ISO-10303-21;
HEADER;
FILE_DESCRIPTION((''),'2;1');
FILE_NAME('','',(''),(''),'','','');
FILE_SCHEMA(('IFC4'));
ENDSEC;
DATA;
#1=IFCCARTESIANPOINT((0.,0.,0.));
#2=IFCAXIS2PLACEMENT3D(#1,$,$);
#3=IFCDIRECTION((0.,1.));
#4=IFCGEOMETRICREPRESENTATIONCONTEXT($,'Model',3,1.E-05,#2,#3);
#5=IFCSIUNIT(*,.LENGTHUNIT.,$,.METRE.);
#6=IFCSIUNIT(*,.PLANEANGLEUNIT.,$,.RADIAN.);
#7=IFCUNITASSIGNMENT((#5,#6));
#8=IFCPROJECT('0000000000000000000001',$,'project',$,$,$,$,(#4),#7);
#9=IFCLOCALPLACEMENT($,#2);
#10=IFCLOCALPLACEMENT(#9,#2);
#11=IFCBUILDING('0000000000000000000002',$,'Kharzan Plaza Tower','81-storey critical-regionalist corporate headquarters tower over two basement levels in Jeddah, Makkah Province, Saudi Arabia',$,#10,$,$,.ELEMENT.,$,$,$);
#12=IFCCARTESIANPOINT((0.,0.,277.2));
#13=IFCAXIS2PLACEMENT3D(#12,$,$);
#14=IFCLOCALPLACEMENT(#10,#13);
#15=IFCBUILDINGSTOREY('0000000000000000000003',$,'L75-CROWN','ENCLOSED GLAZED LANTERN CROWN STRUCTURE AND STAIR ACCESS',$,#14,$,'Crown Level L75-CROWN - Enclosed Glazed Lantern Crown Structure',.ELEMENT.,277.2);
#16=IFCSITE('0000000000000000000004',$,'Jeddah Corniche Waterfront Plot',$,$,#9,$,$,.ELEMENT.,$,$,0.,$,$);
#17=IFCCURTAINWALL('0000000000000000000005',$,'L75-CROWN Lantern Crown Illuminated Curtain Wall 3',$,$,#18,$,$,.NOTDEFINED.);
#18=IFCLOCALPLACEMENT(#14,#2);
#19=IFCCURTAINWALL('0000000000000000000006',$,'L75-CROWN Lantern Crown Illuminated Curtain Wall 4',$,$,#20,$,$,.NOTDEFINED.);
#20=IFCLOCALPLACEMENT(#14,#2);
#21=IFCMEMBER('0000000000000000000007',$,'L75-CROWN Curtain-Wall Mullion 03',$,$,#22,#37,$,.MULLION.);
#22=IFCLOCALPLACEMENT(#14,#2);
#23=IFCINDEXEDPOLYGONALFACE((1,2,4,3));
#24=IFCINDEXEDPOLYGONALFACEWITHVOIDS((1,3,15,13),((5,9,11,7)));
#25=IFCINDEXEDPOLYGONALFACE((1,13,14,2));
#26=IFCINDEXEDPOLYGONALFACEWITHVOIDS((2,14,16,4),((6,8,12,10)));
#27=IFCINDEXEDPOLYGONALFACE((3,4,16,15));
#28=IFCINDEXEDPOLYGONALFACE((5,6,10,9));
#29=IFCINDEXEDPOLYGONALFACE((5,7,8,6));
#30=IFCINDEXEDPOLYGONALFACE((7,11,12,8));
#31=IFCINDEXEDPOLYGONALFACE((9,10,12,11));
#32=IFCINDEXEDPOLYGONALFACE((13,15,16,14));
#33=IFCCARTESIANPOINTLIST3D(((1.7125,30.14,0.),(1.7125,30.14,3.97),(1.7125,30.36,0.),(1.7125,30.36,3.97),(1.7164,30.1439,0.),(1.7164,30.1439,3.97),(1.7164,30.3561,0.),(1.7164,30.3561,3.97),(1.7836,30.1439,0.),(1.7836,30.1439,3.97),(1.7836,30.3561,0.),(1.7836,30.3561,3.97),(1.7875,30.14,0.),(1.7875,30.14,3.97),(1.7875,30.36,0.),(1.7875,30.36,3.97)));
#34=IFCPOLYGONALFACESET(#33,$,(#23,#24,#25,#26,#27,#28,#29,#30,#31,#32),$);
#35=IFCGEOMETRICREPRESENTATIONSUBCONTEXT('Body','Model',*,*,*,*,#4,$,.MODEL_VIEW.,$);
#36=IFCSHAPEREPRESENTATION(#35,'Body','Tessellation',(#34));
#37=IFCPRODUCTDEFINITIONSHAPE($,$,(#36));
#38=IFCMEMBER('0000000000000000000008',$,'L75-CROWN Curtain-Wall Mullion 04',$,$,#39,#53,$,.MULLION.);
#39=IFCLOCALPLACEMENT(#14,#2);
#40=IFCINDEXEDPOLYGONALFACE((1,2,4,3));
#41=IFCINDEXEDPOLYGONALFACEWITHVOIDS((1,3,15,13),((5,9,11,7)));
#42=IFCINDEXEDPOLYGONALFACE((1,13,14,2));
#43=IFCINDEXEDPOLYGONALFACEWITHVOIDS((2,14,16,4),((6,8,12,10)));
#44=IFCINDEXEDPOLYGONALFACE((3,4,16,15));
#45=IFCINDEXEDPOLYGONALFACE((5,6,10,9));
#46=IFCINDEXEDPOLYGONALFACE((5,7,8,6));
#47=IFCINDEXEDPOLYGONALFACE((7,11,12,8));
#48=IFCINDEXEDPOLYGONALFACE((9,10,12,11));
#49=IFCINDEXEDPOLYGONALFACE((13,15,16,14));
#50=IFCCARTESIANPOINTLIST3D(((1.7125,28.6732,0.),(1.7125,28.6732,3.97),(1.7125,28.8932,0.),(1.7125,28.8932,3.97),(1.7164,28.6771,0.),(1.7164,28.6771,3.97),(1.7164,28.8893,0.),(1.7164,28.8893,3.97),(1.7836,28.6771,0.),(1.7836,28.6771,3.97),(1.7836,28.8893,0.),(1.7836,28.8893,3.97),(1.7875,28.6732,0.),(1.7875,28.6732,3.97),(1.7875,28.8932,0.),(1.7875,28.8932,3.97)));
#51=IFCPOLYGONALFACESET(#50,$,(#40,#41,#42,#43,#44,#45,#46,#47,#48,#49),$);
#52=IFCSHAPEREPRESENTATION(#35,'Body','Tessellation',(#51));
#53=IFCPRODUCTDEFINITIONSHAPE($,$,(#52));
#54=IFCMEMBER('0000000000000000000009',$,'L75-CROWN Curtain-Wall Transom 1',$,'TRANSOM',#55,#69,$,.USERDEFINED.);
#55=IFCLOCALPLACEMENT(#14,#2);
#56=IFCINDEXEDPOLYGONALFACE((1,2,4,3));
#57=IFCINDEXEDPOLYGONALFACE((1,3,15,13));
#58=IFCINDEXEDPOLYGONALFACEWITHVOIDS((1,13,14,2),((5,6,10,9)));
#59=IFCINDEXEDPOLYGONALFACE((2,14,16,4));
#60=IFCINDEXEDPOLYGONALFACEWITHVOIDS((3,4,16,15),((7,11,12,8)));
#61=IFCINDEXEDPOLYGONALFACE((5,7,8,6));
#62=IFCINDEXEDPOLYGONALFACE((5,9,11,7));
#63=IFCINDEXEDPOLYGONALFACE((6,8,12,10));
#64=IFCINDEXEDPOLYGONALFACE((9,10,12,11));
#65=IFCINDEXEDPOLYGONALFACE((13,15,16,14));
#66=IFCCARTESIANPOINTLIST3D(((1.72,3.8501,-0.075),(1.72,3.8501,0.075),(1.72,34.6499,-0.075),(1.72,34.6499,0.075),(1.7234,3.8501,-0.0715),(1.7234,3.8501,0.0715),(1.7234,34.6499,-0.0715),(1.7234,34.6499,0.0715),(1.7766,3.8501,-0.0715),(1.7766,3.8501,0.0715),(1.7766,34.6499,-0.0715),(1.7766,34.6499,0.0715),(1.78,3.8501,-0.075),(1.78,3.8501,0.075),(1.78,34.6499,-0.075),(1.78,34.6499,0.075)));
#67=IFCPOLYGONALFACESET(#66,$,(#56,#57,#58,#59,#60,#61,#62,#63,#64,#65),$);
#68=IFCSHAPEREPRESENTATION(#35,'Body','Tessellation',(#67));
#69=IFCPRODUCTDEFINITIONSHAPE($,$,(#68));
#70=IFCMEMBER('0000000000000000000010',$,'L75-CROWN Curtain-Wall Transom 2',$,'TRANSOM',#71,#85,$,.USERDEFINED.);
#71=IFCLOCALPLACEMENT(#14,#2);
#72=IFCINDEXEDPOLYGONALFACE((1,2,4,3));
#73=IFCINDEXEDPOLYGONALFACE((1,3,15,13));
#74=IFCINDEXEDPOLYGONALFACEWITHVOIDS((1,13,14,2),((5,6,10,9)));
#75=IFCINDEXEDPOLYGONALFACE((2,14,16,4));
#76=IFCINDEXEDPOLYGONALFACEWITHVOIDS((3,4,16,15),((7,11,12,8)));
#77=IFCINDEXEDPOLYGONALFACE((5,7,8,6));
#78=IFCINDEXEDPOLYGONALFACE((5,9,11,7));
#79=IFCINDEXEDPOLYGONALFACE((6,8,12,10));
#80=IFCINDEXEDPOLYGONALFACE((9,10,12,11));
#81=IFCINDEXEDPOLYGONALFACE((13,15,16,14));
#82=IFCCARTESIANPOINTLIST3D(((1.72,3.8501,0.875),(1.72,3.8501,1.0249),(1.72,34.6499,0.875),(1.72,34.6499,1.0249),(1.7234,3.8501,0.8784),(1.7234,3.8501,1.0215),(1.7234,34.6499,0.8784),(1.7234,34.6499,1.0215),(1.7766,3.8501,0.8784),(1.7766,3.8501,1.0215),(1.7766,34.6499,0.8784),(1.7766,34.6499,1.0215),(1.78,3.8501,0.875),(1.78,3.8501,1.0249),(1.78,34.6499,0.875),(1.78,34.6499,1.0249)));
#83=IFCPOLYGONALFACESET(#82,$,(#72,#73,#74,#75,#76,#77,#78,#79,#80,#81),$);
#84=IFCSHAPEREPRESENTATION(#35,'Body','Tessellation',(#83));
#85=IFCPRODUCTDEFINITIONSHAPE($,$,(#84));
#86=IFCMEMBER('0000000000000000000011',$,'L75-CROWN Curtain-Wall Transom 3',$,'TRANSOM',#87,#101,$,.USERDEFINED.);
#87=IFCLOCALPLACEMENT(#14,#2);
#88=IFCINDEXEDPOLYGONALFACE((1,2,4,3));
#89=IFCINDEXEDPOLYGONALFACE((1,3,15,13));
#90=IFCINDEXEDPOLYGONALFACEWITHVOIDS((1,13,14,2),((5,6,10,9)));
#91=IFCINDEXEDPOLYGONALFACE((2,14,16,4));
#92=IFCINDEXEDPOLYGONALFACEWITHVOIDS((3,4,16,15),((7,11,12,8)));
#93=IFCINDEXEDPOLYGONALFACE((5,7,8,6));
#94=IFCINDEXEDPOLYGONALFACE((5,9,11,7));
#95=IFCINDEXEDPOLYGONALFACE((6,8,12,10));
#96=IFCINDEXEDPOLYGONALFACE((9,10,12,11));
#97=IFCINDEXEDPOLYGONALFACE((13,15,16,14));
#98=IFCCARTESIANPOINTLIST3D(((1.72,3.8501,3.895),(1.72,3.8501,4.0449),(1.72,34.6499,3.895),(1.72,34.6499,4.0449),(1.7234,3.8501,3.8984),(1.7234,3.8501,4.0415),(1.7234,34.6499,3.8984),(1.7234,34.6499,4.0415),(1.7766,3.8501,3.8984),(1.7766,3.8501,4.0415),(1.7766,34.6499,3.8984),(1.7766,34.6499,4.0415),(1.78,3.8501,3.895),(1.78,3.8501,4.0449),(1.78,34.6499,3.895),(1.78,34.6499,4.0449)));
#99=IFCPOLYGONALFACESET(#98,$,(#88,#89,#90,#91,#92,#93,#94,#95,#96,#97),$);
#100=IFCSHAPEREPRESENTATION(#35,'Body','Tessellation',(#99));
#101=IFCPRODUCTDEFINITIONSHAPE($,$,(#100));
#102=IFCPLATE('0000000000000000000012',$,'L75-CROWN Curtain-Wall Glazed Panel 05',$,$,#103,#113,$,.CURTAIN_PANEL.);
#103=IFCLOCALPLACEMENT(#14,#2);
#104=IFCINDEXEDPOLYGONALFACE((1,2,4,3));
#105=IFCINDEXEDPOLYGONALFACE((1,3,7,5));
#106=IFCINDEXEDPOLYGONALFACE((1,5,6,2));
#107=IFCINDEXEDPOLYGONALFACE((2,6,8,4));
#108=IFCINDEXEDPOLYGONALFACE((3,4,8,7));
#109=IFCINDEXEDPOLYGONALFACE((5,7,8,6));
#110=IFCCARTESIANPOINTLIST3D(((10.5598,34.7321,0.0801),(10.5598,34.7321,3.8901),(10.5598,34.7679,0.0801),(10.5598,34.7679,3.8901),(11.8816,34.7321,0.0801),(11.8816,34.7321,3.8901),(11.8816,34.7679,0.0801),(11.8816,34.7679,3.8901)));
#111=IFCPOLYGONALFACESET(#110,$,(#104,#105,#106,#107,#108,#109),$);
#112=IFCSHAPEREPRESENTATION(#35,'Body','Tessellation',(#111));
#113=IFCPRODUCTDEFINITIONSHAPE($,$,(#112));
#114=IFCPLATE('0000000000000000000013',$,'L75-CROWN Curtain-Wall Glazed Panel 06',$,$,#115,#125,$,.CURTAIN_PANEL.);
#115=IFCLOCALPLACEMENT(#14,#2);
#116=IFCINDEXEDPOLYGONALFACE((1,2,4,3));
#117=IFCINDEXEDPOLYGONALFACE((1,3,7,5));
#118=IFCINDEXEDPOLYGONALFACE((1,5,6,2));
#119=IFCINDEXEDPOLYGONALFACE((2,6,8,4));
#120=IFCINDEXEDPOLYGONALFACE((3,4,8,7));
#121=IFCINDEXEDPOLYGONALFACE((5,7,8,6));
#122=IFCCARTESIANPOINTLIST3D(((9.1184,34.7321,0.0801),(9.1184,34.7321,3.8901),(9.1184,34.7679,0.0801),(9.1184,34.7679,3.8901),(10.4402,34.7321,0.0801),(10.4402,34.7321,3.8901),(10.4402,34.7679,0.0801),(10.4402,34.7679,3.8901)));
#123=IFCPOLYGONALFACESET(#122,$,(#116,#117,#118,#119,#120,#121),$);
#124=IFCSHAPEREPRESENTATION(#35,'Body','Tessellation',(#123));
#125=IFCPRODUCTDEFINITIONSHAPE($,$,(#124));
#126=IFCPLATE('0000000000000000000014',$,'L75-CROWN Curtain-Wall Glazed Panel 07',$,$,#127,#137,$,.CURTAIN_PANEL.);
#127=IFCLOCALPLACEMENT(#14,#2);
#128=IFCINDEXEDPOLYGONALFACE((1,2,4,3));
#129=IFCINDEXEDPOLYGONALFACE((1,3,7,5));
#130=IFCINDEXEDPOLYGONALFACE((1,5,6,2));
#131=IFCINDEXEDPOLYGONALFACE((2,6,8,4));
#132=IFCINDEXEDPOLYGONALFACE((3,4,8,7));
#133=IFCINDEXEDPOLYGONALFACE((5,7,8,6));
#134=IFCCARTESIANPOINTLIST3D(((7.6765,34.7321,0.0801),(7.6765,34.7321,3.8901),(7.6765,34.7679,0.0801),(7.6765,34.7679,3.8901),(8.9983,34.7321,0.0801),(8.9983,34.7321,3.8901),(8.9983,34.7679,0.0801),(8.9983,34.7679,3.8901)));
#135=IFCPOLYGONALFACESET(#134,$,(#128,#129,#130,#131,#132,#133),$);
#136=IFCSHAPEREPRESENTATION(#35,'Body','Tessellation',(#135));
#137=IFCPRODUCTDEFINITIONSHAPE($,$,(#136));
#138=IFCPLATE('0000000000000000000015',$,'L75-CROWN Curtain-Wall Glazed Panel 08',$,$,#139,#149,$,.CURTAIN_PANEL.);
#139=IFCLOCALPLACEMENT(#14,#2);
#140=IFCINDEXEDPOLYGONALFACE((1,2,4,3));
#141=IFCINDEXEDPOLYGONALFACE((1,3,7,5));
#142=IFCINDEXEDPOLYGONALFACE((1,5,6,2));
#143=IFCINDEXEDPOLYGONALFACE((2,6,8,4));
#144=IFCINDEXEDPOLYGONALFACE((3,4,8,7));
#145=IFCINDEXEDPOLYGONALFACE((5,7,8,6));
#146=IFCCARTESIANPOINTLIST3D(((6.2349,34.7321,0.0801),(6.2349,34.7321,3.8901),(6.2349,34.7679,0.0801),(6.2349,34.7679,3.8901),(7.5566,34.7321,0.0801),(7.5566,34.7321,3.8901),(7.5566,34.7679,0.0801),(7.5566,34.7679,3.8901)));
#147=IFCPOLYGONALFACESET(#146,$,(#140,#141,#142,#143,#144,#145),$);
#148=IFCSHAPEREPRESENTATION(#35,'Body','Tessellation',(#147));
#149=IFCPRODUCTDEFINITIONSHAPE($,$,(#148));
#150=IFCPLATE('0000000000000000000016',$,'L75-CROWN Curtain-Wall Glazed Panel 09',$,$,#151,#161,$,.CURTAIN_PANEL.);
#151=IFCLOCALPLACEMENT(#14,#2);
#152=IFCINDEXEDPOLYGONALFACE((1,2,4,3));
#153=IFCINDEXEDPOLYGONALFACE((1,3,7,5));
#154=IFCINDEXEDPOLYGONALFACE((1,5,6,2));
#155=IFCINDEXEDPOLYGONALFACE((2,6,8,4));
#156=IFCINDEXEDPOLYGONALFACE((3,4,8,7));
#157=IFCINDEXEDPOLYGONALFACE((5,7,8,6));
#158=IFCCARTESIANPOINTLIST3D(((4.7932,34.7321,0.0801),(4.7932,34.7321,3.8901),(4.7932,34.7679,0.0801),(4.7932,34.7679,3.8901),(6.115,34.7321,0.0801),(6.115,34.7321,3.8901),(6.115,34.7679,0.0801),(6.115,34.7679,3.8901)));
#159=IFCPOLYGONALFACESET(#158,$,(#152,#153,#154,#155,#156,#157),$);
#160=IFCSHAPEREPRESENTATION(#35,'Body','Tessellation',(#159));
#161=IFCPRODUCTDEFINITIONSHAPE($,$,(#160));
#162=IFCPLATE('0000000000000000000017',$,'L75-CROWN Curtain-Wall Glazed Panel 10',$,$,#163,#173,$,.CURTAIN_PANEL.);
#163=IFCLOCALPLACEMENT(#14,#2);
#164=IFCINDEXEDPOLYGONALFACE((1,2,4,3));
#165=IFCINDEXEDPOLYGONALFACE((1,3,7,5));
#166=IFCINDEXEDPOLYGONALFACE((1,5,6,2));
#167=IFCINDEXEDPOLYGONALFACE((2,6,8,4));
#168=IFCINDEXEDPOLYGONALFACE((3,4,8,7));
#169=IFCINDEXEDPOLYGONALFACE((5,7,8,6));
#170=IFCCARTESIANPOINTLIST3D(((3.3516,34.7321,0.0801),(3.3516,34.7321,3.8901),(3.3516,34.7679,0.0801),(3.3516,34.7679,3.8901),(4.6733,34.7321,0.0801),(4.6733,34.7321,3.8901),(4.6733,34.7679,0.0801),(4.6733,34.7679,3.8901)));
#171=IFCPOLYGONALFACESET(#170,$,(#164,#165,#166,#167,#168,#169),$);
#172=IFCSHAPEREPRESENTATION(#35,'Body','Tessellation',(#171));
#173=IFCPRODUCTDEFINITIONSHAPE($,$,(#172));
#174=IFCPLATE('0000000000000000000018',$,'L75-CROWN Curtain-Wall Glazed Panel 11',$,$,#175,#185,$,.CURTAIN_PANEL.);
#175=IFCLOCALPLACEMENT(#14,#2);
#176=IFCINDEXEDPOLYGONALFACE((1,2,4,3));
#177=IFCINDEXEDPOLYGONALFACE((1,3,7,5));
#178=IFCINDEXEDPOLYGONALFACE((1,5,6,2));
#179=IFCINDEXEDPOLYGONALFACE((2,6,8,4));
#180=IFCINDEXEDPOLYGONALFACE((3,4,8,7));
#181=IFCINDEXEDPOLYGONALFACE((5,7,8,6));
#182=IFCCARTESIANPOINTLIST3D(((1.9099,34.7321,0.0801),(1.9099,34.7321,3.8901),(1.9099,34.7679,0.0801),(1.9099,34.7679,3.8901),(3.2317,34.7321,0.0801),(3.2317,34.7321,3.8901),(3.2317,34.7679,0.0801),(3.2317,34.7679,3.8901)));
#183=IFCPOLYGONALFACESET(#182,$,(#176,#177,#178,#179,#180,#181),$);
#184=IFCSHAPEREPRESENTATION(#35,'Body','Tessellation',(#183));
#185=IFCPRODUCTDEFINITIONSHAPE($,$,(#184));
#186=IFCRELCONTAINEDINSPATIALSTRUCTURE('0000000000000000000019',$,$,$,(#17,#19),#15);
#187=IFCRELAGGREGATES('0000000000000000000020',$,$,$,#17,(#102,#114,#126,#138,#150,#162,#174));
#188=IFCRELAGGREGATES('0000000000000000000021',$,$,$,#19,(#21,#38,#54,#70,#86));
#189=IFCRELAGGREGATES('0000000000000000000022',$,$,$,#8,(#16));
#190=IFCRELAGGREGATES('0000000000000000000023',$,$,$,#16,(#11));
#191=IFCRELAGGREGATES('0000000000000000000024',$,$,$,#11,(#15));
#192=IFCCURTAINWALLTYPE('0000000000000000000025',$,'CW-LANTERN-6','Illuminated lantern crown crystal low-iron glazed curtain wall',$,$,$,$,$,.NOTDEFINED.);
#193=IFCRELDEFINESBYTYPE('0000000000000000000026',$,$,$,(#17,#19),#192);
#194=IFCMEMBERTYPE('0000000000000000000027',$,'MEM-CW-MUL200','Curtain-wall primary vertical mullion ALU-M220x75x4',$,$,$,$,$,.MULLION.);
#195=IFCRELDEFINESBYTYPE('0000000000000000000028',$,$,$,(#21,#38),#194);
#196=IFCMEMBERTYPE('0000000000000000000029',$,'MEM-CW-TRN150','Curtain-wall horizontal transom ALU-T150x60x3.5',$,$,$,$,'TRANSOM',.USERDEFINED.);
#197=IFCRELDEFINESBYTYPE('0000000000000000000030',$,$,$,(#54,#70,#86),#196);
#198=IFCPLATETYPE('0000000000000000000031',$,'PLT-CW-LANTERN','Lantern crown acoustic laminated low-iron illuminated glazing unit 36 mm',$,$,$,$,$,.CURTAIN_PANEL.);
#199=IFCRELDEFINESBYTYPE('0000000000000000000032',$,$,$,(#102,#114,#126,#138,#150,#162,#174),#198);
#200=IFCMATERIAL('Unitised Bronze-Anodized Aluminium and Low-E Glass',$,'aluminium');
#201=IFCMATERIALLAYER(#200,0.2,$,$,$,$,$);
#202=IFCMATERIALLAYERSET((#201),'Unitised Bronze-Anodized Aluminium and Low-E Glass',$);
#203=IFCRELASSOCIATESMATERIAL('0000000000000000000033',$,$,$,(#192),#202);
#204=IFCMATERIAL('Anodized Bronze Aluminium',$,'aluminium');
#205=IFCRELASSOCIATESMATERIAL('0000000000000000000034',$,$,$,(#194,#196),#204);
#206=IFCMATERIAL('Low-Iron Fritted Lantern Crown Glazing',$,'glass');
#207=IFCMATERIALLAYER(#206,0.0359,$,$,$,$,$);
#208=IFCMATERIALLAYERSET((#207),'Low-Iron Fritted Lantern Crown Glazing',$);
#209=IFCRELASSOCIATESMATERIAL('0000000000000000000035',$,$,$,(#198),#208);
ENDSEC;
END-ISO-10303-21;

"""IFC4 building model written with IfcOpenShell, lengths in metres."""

from ifc_helpers import new_model, si_unit, direction, frame, origin, origin_2d, place, context, subcontext, project, spatial, rectangle, hollow_rectangle, extrude, source, transform, mapped, material, layer, layer_set, material_profile, profile_set, type_object, element, aggregate, save


model = new_model("IFC4")

# Units and contexts
model_context = context("Model", 3, precision=1e-05, world=origin(), true_north=direction((0.0, 1.0)))
body_context = subcontext(model_context, "Body", "Model", "MODEL_VIEW")
ifc_project = project(units=[si_unit("LENGTHUNIT", "METRE"), si_unit("PLANEANGLEUNIT", "RADIAN")], contexts=[model_context])

# Site, building, storey
site_placement = place(None, origin())
site = spatial("IfcSite", under=ifc_project, at=site_placement, Name="Jeddah Corniche Waterfront Plot", CompositionType="ELEMENT", RefElevation=0.0)
building_placement = place(site_placement, origin())
building = spatial("IfcBuilding", under=site, at=building_placement, Name="Kharzan Plaza Tower", Description="81-storey critical-regionalist corporate headquarters tower over two basement levels in Jeddah, Makkah Province, Saudi Arabia", CompositionType="ELEMENT")
storey_placement = place(building_placement, frame((0.0, 0.0, 277.2)))
storey = spatial("IfcBuildingStorey", under=building, at=storey_placement, Name="L75-CROWN", Description="ENCLOSED GLAZED LANTERN CROWN STRUCTURE AND STAIR ACCESS", LongName="Crown Level L75-CROWN - Enclosed Glazed Lantern Crown Structure", CompositionType="ELEMENT", Elevation=277.2)

# Curtain walls, members
ifc_material_1 = material(Name="Unitised Bronze-Anodized Aluminium and Low-E Glass", Category="aluminium")
ifc_layer_1 = layer(ifc_material_1, 0.2)
ifc_layer_set_1 = layer_set([ifc_layer_1], Name="Unitised Bronze-Anodized Aluminium and Low-E Glass")
curtain_wall_type = type_object("IfcCurtainWallType", Name="CW-LANTERN-6", Description="Illuminated lantern crown crystal low-iron glazed curtain wall", PredefinedType="NOTDEFINED", material=ifc_layer_set_1)
curtain_wall_1_placement = place(storey_placement, origin())
curtain_wall_1 = element("IfcCurtainWall", 1, at=curtain_wall_1_placement, inside=storey, type_object=curtain_wall_type, Name="L75-CROWN Lantern Crown Illuminated Curtain Wall 3", PredefinedType="NOTDEFINED")
ifc_material_2 = material(Name="Anodized Bronze Aluminium", Category="aluminium")
ifc_material_profile_1 = material_profile(ifc_material_2, hollow_rectangle(XDim=0.075, YDim=0.22, WallThickness=0.0039, at=origin_2d()), Name="ALU-M220x75x4")
ifc_profile_set_1 = profile_set([ifc_material_profile_1], Name="Anodized Bronze Aluminium")
member_type_1 = type_object("IfcMemberType", Name="MEM-CW-MUL200", Description="Curtain-wall primary vertical mullion ALU-M220x75x4", PredefinedType="MULLION", material=ifc_profile_set_1)
shared_shape_1 = source(origin(), body_context, "Body", "SweptSolid", [
    extrude(hollow_rectangle(XDim=0.075, YDim=0.22, WallThickness=0.0039, at=origin_2d()), origin(), (0.0, 0.0, 1.0), 3.97),
])
curtain_wall_2_placement = place(storey_placement, origin())
curtain_wall_2 = element("IfcCurtainWall", 2, at=curtain_wall_2_placement, inside=storey, type_object=curtain_wall_type, Name="L75-CROWN Lantern Crown Illuminated Curtain Wall 4", PredefinedType="NOTDEFINED")
member_1_placement = place(storey_placement, frame((1.75, 30.25, 0.0), z_axis=(0.0, 0.0, 1.0), x_axis=(1.0, 0.0, 0.0)))
member_1 = element("IfcMember", 3, at=member_1_placement, type_object=member_type_1, Name="L75-CROWN Curtain-Wall Mullion 03", PredefinedType="MULLION", context=body_context, shape_type="MappedRepresentation", body=[
    mapped(shared_shape_1, transform((0.0, 0.0, 0.0), x_axis=(1.0, 0.0, 0.0), y_axis=(0.0, 1.0, 0.0), z_axis=(0.0, 0.0, 1.0))),
])
member_2_placement = place(storey_placement, frame((1.75, 28.7832, 0.0), z_axis=(0.0, 0.0, 1.0), x_axis=(1.0, 0.0, 0.0)))
member_2 = element("IfcMember", 4, at=member_2_placement, type_object=member_type_1, Name="L75-CROWN Curtain-Wall Mullion 04", PredefinedType="MULLION", context=body_context, shape_type="MappedRepresentation", body=[
    mapped(shared_shape_1, transform((0.0, 0.0, 0.0), x_axis=(1.0, 0.0, 0.0), y_axis=(0.0, 1.0, 0.0), z_axis=(0.0, 0.0, 1.0))),
])
ifc_material_profile_2 = material_profile(ifc_material_2, hollow_rectangle(XDim=0.0601, YDim=0.1499, WallThickness=0.0034, at=origin_2d()), Name="ALU-T150x60x3.5")
ifc_profile_set_2 = profile_set([ifc_material_profile_2], Name="Anodized Bronze Aluminium")
member_type_2 = type_object("IfcMemberType", Name="MEM-CW-TRN150", Description="Curtain-wall horizontal transom ALU-T150x60x3.5", ElementType="TRANSOM", PredefinedType="USERDEFINED", material=ifc_profile_set_2)
shared_shape_2 = source(origin(), body_context, "Body", "SweptSolid", [
    extrude(hollow_rectangle(XDim=0.0601, YDim=0.1499, WallThickness=0.0034, at=origin_2d()), origin(), (0.0, 0.0, 1.0), 30.7998),
])
member_3_placement = place(storey_placement, frame((1.75, 34.6499, 0.0), z_axis=(0.0, -1.0, 0.0), x_axis=(1.0, 0.0, 0.0)))
member_3 = element("IfcMember", 5, at=member_3_placement, type_object=member_type_2, Name="L75-CROWN Curtain-Wall Transom 1", ObjectType="TRANSOM", PredefinedType="USERDEFINED", context=body_context, shape_type="MappedRepresentation", body=[
    mapped(shared_shape_2, transform((0.0, 0.0, 0.0), x_axis=(1.0, 0.0, 0.0), y_axis=(0.0, 1.0, 0.0), z_axis=(0.0, 0.0, 1.0))),
])
member_4_placement = place(storey_placement, frame((1.75, 34.6499, 0.95), z_axis=(0.0, -1.0, 0.0), x_axis=(1.0, 0.0, 0.0)))
member_4 = element("IfcMember", 6, at=member_4_placement, type_object=member_type_2, Name="L75-CROWN Curtain-Wall Transom 2", ObjectType="TRANSOM", PredefinedType="USERDEFINED", context=body_context, shape_type="MappedRepresentation", body=[
    mapped(shared_shape_2, transform((0.0, 0.0, 0.0), x_axis=(1.0, 0.0, 0.0), y_axis=(0.0, 1.0, 0.0), z_axis=(0.0, 0.0, 1.0))),
])
member_5_placement = place(storey_placement, frame((1.75, 34.6499, 3.97), z_axis=(0.0, -1.0, 0.0), x_axis=(1.0, 0.0, 0.0)))
member_5 = element("IfcMember", 7, at=member_5_placement, type_object=member_type_2, Name="L75-CROWN Curtain-Wall Transom 3", ObjectType="TRANSOM", PredefinedType="USERDEFINED", context=body_context, shape_type="MappedRepresentation", body=[
    mapped(shared_shape_2, transform((0.0, 0.0, 0.0), x_axis=(1.0, 0.0, 0.0), y_axis=(0.0, 1.0, 0.0), z_axis=(0.0, 0.0, 1.0))),
])

# Plates
ifc_material_3 = material(Name="Low-Iron Fritted Lantern Crown Glazing", Category="glass")
ifc_layer_2 = layer(ifc_material_3, 0.0359)
ifc_layer_set_2 = layer_set([ifc_layer_2], Name="Low-Iron Fritted Lantern Crown Glazing")
plate_type = type_object("IfcPlateType", Name="PLT-CW-LANTERN", Description="Lantern crown acoustic laminated low-iron illuminated glazing unit 36 mm", PredefinedType="CURTAIN_PANEL", material=ifc_layer_set_2)
shared_shape_3 = source(origin(), body_context, "Body", "SweptSolid", [
    extrude(rectangle(XDim=1.3218, YDim=0.0359, at=origin_2d()), origin(), (0.0, 0.0, 1.0), 3.8101),
])
plate_1_placement = place(storey_placement, frame((11.2207, 34.75, 0.0801), z_axis=(0.0, 0.0, 1.0), x_axis=(-1.0, 0.0, 0.0)))
plate_1 = element("IfcPlate", 8, at=plate_1_placement, type_object=plate_type, Name="L75-CROWN Curtain-Wall Glazed Panel 05", PredefinedType="CURTAIN_PANEL", context=body_context, shape_type="MappedRepresentation", body=[
    mapped(shared_shape_3, transform((0.0, 0.0, 0.0), x_axis=(1.0, 0.0, 0.0), y_axis=(0.0, 1.0, 0.0), z_axis=(0.0, 0.0, 1.0))),
])
plate_2_placement = place(storey_placement, frame((9.7793, 34.75, 0.0801), z_axis=(0.0, 0.0, 1.0), x_axis=(-1.0, 0.0, 0.0)))
plate_2 = element("IfcPlate", 9, at=plate_2_placement, type_object=plate_type, Name="L75-CROWN Curtain-Wall Glazed Panel 06", PredefinedType="CURTAIN_PANEL", context=body_context, shape_type="MappedRepresentation", body=[
    mapped(shared_shape_3, transform((0.0, 0.0, 0.0), x_axis=(1.0, 0.0, 0.0), y_axis=(0.0, 1.0, 0.0), z_axis=(0.0, 0.0, 1.0))),
])
plate_3_placement = place(storey_placement, frame((8.3374, 34.75, 0.0801), z_axis=(0.0, 0.0, 1.0), x_axis=(-1.0, 0.0, 0.0)))
plate_3 = element("IfcPlate", 10, at=plate_3_placement, type_object=plate_type, Name="L75-CROWN Curtain-Wall Glazed Panel 07", PredefinedType="CURTAIN_PANEL", context=body_context, shape_type="MappedRepresentation", body=[
    mapped(shared_shape_3, transform((0.0, 0.0, 0.0), x_axis=(1.0, 0.0, 0.0), y_axis=(0.0, 1.0, 0.0), z_axis=(0.0, 0.0, 1.0))),
])
plate_4_placement = place(storey_placement, frame((6.8958, 34.75, 0.0801), z_axis=(0.0, 0.0, 1.0), x_axis=(-1.0, 0.0, 0.0)))
plate_4 = element("IfcPlate", 11, at=plate_4_placement, type_object=plate_type, Name="L75-CROWN Curtain-Wall Glazed Panel 08", PredefinedType="CURTAIN_PANEL", context=body_context, shape_type="MappedRepresentation", body=[
    mapped(shared_shape_3, transform((0.0, 0.0, 0.0), x_axis=(1.0, 0.0, 0.0), y_axis=(0.0, 1.0, 0.0), z_axis=(0.0, 0.0, 1.0))),
])
plate_5_placement = place(storey_placement, frame((5.4541, 34.75, 0.0801), z_axis=(0.0, 0.0, 1.0), x_axis=(-1.0, 0.0, 0.0)))
plate_5 = element("IfcPlate", 12, at=plate_5_placement, type_object=plate_type, Name="L75-CROWN Curtain-Wall Glazed Panel 09", PredefinedType="CURTAIN_PANEL", context=body_context, shape_type="MappedRepresentation", body=[
    mapped(shared_shape_3, transform((0.0, 0.0, 0.0), x_axis=(1.0, 0.0, 0.0), y_axis=(0.0, 1.0, 0.0), z_axis=(0.0, 0.0, 1.0))),
])
plate_6_placement = place(storey_placement, frame((4.0125, 34.75, 0.0801), z_axis=(0.0, 0.0, 1.0), x_axis=(-1.0, 0.0, 0.0)))
plate_6 = element("IfcPlate", 13, at=plate_6_placement, type_object=plate_type, Name="L75-CROWN Curtain-Wall Glazed Panel 10", PredefinedType="CURTAIN_PANEL", context=body_context, shape_type="MappedRepresentation", body=[
    mapped(shared_shape_3, transform((0.0, 0.0, 0.0), x_axis=(1.0, 0.0, 0.0), y_axis=(0.0, 1.0, 0.0), z_axis=(0.0, 0.0, 1.0))),
])
plate_7_placement = place(storey_placement, frame((2.5708, 34.75, 0.0801), z_axis=(0.0, 0.0, 1.0), x_axis=(-1.0, 0.0, 0.0)))
plate_7 = element("IfcPlate", 14, at=plate_7_placement, type_object=plate_type, Name="L75-CROWN Curtain-Wall Glazed Panel 11", PredefinedType="CURTAIN_PANEL", context=body_context, shape_type="MappedRepresentation", body=[
    mapped(shared_shape_3, transform((0.0, 0.0, 0.0), x_axis=(1.0, 0.0, 0.0), y_axis=(0.0, 1.0, 0.0), z_axis=(0.0, 0.0, 1.0))),
])
aggregate(curtain_wall_1, [plate_1, plate_2, plate_3, plate_4, plate_5, plate_6, plate_7])
aggregate(curtain_wall_2, [member_1, member_2, member_3, member_4, member_5])

save(model, "model.ifc")
